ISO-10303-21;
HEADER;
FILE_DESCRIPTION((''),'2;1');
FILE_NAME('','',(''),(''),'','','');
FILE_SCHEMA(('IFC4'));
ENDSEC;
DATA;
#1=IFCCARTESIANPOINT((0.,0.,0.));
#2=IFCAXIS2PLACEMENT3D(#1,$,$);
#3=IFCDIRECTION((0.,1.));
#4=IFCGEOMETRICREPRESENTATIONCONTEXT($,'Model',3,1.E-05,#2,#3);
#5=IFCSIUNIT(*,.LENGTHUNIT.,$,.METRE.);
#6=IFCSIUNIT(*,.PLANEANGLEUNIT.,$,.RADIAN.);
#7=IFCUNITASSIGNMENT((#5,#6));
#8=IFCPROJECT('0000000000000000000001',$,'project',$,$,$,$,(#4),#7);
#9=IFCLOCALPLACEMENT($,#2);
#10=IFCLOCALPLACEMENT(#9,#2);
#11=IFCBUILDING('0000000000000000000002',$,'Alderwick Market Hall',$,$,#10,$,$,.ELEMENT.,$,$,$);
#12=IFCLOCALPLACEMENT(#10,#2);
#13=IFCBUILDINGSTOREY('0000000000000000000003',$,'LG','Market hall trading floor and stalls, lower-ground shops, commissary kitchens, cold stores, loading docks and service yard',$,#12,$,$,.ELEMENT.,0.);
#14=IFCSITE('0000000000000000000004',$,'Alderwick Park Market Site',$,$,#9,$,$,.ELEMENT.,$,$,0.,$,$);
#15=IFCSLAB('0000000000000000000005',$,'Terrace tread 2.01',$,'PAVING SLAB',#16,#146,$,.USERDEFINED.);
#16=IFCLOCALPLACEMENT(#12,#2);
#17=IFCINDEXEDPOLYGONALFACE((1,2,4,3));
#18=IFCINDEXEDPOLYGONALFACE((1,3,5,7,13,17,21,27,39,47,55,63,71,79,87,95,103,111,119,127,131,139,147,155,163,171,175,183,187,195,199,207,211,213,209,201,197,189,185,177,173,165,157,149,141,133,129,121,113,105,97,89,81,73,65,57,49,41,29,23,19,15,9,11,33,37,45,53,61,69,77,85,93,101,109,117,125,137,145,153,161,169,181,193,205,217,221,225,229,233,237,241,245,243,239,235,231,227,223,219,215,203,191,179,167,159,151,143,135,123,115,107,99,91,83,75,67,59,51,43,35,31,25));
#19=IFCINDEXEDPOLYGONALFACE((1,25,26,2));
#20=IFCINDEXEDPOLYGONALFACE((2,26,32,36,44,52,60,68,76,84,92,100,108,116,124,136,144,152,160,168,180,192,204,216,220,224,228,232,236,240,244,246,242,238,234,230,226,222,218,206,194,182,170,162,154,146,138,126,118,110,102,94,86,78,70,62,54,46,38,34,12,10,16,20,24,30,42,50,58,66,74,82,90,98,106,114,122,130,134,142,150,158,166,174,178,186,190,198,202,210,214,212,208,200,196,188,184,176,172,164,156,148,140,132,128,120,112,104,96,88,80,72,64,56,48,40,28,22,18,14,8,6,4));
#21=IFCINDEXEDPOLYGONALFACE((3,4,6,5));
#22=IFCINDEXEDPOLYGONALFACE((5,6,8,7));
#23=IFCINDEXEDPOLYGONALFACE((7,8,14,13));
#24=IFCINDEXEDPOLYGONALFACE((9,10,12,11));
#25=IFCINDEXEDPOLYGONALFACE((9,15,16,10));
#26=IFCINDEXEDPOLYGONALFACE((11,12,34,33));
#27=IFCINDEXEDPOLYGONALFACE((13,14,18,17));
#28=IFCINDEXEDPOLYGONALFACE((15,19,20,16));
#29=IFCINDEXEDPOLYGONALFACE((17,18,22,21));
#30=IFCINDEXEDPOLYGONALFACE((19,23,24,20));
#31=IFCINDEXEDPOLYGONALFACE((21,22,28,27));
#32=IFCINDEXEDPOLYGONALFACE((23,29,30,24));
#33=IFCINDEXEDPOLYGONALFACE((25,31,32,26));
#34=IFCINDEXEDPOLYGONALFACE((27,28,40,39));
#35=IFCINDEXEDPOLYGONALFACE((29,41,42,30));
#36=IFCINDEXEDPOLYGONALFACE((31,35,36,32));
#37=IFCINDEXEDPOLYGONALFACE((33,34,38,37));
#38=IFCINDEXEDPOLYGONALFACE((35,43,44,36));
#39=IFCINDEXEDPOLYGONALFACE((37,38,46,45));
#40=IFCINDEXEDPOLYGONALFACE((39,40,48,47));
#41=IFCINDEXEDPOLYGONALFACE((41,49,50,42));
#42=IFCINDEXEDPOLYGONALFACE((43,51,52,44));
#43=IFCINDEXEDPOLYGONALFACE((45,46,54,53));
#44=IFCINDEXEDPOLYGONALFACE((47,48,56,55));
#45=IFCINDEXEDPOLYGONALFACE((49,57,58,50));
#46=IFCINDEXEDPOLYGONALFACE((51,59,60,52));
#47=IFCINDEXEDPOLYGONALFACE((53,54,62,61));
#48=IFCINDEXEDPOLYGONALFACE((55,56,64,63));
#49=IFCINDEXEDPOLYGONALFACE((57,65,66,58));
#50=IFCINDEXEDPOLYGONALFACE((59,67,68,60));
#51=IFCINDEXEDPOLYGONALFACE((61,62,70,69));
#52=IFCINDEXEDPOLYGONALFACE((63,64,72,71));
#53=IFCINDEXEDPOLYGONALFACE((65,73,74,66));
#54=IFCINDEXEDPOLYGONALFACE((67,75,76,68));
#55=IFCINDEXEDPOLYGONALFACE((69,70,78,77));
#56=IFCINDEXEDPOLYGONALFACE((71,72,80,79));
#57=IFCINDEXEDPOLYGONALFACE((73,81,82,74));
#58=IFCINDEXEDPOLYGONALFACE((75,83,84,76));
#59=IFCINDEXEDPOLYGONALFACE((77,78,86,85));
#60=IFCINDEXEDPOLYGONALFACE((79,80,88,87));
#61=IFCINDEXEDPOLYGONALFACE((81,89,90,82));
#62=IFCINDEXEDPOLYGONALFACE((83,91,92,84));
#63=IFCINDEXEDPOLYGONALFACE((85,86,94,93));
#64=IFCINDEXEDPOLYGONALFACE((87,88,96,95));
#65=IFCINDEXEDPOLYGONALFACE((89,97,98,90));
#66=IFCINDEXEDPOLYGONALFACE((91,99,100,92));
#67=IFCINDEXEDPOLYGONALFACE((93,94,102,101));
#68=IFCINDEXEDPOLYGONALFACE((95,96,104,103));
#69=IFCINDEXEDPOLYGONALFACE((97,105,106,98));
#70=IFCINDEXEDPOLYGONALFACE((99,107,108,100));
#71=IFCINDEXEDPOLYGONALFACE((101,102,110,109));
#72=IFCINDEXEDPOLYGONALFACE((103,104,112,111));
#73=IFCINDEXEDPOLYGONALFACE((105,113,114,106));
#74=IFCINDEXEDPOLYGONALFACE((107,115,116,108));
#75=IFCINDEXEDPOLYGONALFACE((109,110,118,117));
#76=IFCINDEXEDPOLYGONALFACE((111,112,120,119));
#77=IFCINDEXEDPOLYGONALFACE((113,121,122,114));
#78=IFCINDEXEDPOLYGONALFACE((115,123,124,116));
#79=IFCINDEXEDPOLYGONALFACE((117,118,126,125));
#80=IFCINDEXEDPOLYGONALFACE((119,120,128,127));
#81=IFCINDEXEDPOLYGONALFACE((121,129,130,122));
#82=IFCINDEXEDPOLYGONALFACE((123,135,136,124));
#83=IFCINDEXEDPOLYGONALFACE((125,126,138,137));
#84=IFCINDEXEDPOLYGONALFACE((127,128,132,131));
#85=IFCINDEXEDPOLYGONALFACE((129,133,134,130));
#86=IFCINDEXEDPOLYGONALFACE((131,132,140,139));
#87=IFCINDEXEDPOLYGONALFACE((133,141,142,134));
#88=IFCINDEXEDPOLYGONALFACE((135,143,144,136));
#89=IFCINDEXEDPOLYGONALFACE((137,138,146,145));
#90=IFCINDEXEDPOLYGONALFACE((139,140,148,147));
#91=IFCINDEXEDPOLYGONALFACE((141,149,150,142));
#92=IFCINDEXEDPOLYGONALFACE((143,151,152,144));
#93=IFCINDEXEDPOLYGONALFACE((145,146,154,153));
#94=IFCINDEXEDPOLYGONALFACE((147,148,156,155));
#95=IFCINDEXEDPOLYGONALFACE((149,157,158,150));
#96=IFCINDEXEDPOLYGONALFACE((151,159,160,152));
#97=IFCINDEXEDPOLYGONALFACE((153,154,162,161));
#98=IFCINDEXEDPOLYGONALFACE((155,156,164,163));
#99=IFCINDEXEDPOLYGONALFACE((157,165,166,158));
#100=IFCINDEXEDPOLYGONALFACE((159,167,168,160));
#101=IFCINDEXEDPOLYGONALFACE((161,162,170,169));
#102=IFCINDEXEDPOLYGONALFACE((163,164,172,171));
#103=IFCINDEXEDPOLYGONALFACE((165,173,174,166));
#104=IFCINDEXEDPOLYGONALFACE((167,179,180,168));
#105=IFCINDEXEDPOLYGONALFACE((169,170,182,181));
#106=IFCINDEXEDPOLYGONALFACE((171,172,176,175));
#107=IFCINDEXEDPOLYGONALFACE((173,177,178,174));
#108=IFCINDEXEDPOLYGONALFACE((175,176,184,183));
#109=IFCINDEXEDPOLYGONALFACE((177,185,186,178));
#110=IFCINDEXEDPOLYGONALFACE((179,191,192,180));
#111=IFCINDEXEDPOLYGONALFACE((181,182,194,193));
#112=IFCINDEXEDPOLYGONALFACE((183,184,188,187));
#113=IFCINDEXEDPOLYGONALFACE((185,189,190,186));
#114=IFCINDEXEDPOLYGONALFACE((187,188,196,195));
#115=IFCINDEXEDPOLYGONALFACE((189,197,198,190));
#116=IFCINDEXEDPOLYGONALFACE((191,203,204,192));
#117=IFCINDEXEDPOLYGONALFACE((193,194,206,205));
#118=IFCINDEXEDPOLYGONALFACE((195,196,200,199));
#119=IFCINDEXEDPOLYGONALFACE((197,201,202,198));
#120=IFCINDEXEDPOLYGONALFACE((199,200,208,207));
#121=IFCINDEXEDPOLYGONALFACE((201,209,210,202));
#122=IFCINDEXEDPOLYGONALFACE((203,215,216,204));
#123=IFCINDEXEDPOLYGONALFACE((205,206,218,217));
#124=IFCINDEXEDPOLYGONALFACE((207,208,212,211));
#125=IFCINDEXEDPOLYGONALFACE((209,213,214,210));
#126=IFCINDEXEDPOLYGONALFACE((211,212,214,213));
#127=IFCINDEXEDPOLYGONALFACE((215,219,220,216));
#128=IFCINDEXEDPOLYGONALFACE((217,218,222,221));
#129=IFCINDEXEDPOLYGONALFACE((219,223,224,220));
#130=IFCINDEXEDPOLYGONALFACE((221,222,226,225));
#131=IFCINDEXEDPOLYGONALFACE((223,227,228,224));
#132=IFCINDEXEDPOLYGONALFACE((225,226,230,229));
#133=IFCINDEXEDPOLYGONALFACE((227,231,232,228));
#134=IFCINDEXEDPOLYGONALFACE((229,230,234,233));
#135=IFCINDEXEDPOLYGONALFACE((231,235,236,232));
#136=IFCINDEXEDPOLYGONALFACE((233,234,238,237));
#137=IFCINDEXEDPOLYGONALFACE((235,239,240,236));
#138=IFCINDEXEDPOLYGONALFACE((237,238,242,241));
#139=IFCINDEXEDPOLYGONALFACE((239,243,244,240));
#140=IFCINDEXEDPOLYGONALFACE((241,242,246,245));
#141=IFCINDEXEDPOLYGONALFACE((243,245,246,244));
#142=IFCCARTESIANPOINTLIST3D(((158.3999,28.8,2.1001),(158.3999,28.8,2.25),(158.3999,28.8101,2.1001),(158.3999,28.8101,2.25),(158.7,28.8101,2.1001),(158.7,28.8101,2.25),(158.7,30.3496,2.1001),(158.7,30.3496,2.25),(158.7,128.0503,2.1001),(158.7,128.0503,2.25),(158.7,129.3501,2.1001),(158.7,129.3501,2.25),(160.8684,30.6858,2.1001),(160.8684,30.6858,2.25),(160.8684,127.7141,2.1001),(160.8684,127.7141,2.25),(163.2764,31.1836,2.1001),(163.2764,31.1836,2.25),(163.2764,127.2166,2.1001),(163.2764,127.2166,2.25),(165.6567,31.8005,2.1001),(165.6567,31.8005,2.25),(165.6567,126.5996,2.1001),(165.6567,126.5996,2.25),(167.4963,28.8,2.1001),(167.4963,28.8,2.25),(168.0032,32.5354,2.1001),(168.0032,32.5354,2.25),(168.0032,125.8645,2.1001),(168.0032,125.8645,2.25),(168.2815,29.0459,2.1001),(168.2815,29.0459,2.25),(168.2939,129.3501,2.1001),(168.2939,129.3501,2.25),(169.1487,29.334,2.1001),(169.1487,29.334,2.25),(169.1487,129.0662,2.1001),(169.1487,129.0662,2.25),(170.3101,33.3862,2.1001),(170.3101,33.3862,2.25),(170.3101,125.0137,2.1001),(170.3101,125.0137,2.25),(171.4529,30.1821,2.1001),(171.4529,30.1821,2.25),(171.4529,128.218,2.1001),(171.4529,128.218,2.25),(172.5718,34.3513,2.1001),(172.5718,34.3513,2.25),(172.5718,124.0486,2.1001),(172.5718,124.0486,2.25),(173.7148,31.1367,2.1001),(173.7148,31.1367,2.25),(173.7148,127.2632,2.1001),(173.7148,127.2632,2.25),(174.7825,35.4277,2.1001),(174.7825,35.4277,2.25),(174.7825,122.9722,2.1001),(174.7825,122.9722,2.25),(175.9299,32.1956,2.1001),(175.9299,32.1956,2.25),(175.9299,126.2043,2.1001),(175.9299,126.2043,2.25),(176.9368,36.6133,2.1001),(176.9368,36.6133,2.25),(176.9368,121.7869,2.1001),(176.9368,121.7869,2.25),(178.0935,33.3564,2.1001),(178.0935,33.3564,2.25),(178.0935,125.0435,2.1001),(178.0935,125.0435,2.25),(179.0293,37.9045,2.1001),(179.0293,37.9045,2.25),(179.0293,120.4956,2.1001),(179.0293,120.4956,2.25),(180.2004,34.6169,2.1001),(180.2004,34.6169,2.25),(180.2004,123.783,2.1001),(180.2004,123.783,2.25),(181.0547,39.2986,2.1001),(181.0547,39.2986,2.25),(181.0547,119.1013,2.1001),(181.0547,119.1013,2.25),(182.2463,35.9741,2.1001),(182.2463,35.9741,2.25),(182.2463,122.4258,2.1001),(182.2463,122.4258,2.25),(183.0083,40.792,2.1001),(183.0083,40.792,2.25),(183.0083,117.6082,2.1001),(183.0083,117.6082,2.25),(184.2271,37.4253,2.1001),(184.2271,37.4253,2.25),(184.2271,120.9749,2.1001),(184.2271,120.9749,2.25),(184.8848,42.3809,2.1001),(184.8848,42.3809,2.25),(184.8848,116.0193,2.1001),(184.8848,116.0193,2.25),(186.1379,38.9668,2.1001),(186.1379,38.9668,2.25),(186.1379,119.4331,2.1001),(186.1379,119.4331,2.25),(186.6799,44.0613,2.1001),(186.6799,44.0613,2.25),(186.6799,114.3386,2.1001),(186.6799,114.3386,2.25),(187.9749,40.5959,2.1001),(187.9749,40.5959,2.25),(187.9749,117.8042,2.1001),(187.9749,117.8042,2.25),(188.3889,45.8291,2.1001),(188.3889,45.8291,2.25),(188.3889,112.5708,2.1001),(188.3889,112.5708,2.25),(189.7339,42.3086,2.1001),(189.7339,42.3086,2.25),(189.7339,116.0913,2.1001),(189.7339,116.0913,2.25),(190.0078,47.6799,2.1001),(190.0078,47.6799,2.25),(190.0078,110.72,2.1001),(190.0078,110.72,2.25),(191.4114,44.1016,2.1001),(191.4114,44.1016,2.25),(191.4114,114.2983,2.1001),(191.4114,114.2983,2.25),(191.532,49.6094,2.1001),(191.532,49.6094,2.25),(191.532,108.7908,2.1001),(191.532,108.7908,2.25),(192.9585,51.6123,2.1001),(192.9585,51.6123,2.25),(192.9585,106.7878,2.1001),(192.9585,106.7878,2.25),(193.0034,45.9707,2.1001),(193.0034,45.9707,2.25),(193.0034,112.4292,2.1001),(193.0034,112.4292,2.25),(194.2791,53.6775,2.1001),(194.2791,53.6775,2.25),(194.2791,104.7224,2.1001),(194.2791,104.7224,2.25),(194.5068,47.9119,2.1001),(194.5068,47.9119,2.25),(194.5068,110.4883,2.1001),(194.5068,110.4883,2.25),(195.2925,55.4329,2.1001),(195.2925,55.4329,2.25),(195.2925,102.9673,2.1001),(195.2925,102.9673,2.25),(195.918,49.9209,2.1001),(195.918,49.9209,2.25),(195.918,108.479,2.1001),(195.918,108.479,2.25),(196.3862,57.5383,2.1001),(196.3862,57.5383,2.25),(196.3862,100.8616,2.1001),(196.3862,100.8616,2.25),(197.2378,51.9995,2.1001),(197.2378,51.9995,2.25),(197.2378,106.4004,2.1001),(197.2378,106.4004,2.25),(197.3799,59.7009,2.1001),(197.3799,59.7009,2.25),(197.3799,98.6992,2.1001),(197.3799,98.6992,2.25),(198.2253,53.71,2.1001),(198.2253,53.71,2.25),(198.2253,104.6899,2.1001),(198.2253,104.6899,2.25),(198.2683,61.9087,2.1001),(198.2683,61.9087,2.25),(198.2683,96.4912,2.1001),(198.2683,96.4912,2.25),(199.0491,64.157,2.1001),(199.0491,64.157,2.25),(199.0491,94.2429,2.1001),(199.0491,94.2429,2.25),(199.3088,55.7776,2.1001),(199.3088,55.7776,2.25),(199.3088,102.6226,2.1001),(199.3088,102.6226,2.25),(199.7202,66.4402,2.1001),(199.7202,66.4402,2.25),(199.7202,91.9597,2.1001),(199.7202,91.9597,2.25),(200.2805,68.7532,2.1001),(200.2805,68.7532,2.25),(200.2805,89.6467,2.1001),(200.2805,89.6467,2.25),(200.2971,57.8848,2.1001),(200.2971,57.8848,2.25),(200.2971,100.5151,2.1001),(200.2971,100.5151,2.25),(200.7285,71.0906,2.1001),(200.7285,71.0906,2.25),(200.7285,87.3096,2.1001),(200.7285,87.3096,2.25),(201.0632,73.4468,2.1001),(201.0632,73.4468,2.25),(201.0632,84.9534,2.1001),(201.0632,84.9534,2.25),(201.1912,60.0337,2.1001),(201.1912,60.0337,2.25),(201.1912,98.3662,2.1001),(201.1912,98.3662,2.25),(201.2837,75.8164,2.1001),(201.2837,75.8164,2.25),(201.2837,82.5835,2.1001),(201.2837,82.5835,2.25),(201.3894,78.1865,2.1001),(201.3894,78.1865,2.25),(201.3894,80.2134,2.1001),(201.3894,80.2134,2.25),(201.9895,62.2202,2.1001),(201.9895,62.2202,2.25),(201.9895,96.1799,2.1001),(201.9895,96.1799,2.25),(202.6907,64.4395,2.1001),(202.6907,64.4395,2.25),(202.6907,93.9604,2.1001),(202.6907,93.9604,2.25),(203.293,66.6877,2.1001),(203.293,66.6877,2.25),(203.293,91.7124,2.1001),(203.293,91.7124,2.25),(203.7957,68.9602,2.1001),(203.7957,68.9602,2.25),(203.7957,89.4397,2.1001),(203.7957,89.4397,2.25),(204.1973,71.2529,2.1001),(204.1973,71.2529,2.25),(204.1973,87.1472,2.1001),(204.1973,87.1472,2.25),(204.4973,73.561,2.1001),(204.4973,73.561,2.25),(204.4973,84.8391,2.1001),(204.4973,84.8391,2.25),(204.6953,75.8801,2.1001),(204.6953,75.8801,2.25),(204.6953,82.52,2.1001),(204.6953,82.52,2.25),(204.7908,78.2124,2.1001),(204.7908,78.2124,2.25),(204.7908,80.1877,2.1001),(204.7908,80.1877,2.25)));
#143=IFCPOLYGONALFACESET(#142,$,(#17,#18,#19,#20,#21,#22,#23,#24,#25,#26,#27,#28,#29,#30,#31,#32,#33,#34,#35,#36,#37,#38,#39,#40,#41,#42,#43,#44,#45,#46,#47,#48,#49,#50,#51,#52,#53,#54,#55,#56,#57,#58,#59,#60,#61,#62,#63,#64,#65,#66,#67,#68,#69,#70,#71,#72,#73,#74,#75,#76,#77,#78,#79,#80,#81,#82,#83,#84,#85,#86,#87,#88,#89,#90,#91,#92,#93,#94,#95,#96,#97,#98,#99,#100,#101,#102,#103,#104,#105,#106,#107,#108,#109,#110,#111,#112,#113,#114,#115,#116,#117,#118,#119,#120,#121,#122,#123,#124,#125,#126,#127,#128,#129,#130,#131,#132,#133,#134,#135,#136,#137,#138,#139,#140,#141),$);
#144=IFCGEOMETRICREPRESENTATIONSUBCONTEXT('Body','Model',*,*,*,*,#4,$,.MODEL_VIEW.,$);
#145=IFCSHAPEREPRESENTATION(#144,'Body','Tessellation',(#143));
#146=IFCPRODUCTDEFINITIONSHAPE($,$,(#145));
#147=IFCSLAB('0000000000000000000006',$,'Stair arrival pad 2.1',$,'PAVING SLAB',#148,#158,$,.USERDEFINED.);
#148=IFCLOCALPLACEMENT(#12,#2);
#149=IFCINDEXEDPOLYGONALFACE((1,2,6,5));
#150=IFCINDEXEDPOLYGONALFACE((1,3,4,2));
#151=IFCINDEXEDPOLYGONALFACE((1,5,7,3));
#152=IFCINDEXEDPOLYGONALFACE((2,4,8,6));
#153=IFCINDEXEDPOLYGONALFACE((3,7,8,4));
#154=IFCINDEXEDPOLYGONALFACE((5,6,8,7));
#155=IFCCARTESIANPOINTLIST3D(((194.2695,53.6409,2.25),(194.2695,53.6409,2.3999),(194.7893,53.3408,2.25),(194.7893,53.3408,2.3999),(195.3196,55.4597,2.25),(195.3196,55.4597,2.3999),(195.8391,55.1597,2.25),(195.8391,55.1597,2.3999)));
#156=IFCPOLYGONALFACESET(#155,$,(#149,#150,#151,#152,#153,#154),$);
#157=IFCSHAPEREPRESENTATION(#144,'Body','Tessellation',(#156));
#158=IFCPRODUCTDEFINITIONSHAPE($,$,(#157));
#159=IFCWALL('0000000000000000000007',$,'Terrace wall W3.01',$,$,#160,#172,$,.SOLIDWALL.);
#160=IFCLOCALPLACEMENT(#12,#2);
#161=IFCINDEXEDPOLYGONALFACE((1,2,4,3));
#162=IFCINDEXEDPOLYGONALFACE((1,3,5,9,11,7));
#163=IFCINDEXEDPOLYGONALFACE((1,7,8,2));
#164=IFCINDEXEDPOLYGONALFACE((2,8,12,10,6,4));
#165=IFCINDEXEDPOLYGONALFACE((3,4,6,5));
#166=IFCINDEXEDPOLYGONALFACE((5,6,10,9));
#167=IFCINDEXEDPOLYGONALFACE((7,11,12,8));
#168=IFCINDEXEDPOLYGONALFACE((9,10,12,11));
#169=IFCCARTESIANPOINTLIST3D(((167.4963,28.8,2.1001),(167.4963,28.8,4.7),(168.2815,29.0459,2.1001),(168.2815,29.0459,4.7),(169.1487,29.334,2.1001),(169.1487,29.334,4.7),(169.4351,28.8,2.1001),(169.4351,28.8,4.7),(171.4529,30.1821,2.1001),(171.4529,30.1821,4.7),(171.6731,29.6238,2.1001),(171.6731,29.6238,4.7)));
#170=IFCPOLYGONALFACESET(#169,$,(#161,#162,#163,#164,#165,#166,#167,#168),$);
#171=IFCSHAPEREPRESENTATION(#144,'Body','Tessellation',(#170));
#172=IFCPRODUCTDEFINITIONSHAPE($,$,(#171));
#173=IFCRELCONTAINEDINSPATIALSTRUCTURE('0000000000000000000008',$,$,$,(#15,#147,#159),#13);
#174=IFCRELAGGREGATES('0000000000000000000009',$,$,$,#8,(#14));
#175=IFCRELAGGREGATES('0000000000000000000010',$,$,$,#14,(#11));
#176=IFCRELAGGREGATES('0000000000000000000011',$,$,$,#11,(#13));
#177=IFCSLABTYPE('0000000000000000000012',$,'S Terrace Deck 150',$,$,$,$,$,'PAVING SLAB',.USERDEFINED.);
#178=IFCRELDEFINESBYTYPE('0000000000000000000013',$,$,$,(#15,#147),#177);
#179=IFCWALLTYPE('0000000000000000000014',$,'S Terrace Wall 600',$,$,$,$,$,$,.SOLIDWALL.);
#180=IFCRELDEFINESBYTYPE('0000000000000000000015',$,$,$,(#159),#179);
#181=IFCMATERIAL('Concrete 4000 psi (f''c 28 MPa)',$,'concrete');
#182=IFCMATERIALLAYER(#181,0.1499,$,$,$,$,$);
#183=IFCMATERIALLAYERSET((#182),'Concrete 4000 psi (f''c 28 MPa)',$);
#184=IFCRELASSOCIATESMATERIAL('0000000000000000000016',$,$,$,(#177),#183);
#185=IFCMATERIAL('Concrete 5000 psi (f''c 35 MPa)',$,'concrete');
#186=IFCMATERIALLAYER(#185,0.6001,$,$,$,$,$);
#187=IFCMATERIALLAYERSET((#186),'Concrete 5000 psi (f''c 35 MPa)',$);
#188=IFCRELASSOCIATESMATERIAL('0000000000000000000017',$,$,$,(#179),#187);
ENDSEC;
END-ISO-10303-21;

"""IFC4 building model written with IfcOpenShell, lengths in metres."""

from ifc_helpers import new_model, si_unit, direction, frame, origin, place, context, subcontext, project, spatial, polyline, outline, extrude, material, layer, layer_set, type_object, element, save


model = new_model("IFC4")

# Units and contexts
model_context = context("Model", 3, precision=1e-05, world=origin(), true_north=direction((0.0, 1.0)))
body_context = subcontext(model_context, "Body", "Model", "MODEL_VIEW")
ifc_project = project(units=[si_unit("LENGTHUNIT", "METRE"), si_unit("PLANEANGLEUNIT", "RADIAN")], contexts=[model_context])

# Site, building, storey
site_placement = place(None, origin())
site = spatial("IfcSite", under=ifc_project, at=site_placement, Name="Alderwick Park Market Site", CompositionType="ELEMENT", RefElevation=0.0)
building_placement = place(site_placement, origin())
building = spatial("IfcBuilding", under=site, at=building_placement, Name="Alderwick Market Hall", CompositionType="ELEMENT")
storey_placement = place(building_placement, origin())
storey = spatial("IfcBuildingStorey", under=building, at=storey_placement, Name="LG", Description="Market hall trading floor and stalls, lower-ground shops, commissary kitchens, cold stores, loading docks and service yard", CompositionType="ELEMENT", Elevation=0.0)

# Shared definitions
ifc_material_1 = material(Name="Concrete 4000 psi (f'c 28 MPa)", Category="concrete")

# Slabs
ifc_layer_1 = layer(ifc_material_1, 0.1499)
ifc_layer_set_1 = layer_set([ifc_layer_1], Name="Concrete 4000 psi (f'c 28 MPa)")
slab_type_1 = type_object("IfcSlabType", Name="S Terrace Deck 150", ElementType="PAVING SLAB", PredefinedType="USERDEFINED", material=ifc_layer_set_1)
slab_1_placement = place(storey_placement, frame((0.0, 0.0, 2.1001)))
element("IfcSlab", 1, at=slab_1_placement, inside=storey, type_object=slab_type_1, Name="Terrace tread 2.01", ObjectType="PAVING SLAB", PredefinedType="USERDEFINED", context=body_context, shape_type="SweptSolid", body=[
    extrude(outline(polyline([(158.7, 30.3496), (158.7, 28.8101), (158.3999, 28.8101), (158.3999, 28.8), (167.4963, 28.8), (168.2815, 29.0459), (169.1487, 29.334), (171.4529, 30.1821), (173.7148, 31.1367), (175.9299, 32.1956), (178.0935, 33.3564), (180.2004, 34.6169), (182.2463, 35.9741), (184.2271, 37.4253), (186.1379, 38.9668), (187.9749, 40.5959), (189.7339, 42.3086), (191.4114, 44.1016), (193.0034, 45.9707), (194.5068, 47.9119), (195.918, 49.9209), (197.2378, 51.9995), (198.2253, 53.71), (199.3088, 55.7776), (200.2971, 57.8848), (201.1912, 60.0337), (201.9895, 62.2202), (202.6907, 64.4395), (203.293, 66.6877), (203.7957, 68.9602), (204.1973, 71.2529), (204.4973, 73.561), (204.6953, 75.8801), (204.7908, 78.2124), (204.7908, 80.1877), (204.6953, 82.52), (204.4973, 84.8391), (204.1973, 87.1472), (203.7957, 89.4397), (203.293, 91.7124), (202.6907, 93.9604), (201.9895, 96.1799), (201.1912, 98.3662), (200.2971, 100.5151), (199.3088, 102.6226), (198.2253, 104.6899), (197.2378, 106.4004), (195.918, 108.479), (194.5068, 110.4883), (193.0034, 112.4292), (191.4114, 114.2983), (189.7339, 116.0913), (187.9749, 117.8042), (186.1379, 119.4331), (184.2271, 120.9749), (182.2463, 122.4258), (180.2004, 123.783), (178.0935, 125.0435), (175.9299, 126.2043), (173.7148, 127.2632), (171.4529, 128.218), (169.1487, 129.0662), (168.2939, 129.3501), (158.7, 129.3501), (158.7, 128.0503), (160.8684, 127.7141), (163.2764, 127.2166), (165.6567, 126.5996), (168.0032, 125.8645), (170.3101, 125.0137), (172.5718, 124.0486), (174.7825, 122.9722), (176.9368, 121.7869), (179.0293, 120.4956), (181.0547, 119.1013), (183.0083, 117.6082), (184.8848, 116.0193), (186.6799, 114.3386), (188.3889, 112.5708), (190.0078, 110.72), (191.532, 108.7908), (192.9585, 106.7878), (194.2791, 104.7224), (195.2925, 102.9673), (196.3862, 100.8616), (197.3799, 98.6992), (198.2683, 96.4912), (199.0491, 94.2429), (199.7202, 91.9597), (200.2805, 89.6467), (200.7285, 87.3096), (201.0632, 84.9534), (201.2837, 82.5835), (201.3894, 80.2134), (201.3894, 78.1865), (201.2837, 75.8164), (201.0632, 73.4468), (200.7285, 71.0906), (200.2805, 68.7532), (199.7202, 66.4402), (199.0491, 64.157), (198.2683, 61.9087), (197.3799, 59.7009), (196.3862, 57.5383), (195.2925, 55.4329), (194.2791, 53.6775), (192.9585, 51.6123), (191.532, 49.6094), (190.0078, 47.6799), (188.3889, 45.8291), (186.6799, 44.0613), (184.8848, 42.3809), (183.0083, 40.792), (181.0547, 39.2986), (179.0293, 37.9045), (176.9368, 36.6133), (174.7825, 35.4277), (172.5718, 34.3513), (170.3101, 33.3862), (168.0032, 32.5354), (165.6567, 31.8005), (163.2764, 31.1836), (160.8684, 30.6858), (158.7, 30.3496)])), origin(), (0.0, 0.0, 1.0), 0.1499),
])
slab_2_placement = place(storey_placement, frame((0.0, 0.0, 2.25)))
element("IfcSlab", 2, at=slab_2_placement, inside=storey, type_object=slab_type_1, Name="Stair arrival pad 2.1", ObjectType="PAVING SLAB", PredefinedType="USERDEFINED", context=body_context, shape_type="SweptSolid", body=[
    extrude(outline(polyline([(195.3196, 55.4597), (194.2695, 53.6409), (194.7893, 53.3408), (195.8391, 55.1597), (195.3196, 55.4597)])), origin(), (0.0, 0.0, 1.0), 0.1499),
])

# Wall
ifc_material_2 = material(Name="Concrete 5000 psi (f'c 35 MPa)", Category="concrete")
ifc_layer_2 = layer(ifc_material_2, 0.6001)
ifc_layer_set_2 = layer_set([ifc_layer_2], Name="Concrete 5000 psi (f'c 35 MPa)")
wall_type = type_object("IfcWallType", Name="S Terrace Wall 600", PredefinedType="SOLIDWALL", material=ifc_layer_set_2)
wall_1_placement = place(storey_placement, frame((0.0, 0.0, 2.1001)))
element("IfcWall", 3, at=wall_1_placement, inside=storey, type_object=wall_type, Name="Terrace wall W3.01", PredefinedType="SOLIDWALL", context=body_context, shape_type="SweptSolid", body=[
    extrude(outline(polyline([(167.4963, 28.8), (169.4351, 28.8), (171.6731, 29.6238), (171.4529, 30.1821), (169.1487, 29.334), (168.2815, 29.0459), (167.4963, 28.8)])), origin(), (0.0, 0.0, 1.0), 2.5999),
])

save(model, "model.ifc")
